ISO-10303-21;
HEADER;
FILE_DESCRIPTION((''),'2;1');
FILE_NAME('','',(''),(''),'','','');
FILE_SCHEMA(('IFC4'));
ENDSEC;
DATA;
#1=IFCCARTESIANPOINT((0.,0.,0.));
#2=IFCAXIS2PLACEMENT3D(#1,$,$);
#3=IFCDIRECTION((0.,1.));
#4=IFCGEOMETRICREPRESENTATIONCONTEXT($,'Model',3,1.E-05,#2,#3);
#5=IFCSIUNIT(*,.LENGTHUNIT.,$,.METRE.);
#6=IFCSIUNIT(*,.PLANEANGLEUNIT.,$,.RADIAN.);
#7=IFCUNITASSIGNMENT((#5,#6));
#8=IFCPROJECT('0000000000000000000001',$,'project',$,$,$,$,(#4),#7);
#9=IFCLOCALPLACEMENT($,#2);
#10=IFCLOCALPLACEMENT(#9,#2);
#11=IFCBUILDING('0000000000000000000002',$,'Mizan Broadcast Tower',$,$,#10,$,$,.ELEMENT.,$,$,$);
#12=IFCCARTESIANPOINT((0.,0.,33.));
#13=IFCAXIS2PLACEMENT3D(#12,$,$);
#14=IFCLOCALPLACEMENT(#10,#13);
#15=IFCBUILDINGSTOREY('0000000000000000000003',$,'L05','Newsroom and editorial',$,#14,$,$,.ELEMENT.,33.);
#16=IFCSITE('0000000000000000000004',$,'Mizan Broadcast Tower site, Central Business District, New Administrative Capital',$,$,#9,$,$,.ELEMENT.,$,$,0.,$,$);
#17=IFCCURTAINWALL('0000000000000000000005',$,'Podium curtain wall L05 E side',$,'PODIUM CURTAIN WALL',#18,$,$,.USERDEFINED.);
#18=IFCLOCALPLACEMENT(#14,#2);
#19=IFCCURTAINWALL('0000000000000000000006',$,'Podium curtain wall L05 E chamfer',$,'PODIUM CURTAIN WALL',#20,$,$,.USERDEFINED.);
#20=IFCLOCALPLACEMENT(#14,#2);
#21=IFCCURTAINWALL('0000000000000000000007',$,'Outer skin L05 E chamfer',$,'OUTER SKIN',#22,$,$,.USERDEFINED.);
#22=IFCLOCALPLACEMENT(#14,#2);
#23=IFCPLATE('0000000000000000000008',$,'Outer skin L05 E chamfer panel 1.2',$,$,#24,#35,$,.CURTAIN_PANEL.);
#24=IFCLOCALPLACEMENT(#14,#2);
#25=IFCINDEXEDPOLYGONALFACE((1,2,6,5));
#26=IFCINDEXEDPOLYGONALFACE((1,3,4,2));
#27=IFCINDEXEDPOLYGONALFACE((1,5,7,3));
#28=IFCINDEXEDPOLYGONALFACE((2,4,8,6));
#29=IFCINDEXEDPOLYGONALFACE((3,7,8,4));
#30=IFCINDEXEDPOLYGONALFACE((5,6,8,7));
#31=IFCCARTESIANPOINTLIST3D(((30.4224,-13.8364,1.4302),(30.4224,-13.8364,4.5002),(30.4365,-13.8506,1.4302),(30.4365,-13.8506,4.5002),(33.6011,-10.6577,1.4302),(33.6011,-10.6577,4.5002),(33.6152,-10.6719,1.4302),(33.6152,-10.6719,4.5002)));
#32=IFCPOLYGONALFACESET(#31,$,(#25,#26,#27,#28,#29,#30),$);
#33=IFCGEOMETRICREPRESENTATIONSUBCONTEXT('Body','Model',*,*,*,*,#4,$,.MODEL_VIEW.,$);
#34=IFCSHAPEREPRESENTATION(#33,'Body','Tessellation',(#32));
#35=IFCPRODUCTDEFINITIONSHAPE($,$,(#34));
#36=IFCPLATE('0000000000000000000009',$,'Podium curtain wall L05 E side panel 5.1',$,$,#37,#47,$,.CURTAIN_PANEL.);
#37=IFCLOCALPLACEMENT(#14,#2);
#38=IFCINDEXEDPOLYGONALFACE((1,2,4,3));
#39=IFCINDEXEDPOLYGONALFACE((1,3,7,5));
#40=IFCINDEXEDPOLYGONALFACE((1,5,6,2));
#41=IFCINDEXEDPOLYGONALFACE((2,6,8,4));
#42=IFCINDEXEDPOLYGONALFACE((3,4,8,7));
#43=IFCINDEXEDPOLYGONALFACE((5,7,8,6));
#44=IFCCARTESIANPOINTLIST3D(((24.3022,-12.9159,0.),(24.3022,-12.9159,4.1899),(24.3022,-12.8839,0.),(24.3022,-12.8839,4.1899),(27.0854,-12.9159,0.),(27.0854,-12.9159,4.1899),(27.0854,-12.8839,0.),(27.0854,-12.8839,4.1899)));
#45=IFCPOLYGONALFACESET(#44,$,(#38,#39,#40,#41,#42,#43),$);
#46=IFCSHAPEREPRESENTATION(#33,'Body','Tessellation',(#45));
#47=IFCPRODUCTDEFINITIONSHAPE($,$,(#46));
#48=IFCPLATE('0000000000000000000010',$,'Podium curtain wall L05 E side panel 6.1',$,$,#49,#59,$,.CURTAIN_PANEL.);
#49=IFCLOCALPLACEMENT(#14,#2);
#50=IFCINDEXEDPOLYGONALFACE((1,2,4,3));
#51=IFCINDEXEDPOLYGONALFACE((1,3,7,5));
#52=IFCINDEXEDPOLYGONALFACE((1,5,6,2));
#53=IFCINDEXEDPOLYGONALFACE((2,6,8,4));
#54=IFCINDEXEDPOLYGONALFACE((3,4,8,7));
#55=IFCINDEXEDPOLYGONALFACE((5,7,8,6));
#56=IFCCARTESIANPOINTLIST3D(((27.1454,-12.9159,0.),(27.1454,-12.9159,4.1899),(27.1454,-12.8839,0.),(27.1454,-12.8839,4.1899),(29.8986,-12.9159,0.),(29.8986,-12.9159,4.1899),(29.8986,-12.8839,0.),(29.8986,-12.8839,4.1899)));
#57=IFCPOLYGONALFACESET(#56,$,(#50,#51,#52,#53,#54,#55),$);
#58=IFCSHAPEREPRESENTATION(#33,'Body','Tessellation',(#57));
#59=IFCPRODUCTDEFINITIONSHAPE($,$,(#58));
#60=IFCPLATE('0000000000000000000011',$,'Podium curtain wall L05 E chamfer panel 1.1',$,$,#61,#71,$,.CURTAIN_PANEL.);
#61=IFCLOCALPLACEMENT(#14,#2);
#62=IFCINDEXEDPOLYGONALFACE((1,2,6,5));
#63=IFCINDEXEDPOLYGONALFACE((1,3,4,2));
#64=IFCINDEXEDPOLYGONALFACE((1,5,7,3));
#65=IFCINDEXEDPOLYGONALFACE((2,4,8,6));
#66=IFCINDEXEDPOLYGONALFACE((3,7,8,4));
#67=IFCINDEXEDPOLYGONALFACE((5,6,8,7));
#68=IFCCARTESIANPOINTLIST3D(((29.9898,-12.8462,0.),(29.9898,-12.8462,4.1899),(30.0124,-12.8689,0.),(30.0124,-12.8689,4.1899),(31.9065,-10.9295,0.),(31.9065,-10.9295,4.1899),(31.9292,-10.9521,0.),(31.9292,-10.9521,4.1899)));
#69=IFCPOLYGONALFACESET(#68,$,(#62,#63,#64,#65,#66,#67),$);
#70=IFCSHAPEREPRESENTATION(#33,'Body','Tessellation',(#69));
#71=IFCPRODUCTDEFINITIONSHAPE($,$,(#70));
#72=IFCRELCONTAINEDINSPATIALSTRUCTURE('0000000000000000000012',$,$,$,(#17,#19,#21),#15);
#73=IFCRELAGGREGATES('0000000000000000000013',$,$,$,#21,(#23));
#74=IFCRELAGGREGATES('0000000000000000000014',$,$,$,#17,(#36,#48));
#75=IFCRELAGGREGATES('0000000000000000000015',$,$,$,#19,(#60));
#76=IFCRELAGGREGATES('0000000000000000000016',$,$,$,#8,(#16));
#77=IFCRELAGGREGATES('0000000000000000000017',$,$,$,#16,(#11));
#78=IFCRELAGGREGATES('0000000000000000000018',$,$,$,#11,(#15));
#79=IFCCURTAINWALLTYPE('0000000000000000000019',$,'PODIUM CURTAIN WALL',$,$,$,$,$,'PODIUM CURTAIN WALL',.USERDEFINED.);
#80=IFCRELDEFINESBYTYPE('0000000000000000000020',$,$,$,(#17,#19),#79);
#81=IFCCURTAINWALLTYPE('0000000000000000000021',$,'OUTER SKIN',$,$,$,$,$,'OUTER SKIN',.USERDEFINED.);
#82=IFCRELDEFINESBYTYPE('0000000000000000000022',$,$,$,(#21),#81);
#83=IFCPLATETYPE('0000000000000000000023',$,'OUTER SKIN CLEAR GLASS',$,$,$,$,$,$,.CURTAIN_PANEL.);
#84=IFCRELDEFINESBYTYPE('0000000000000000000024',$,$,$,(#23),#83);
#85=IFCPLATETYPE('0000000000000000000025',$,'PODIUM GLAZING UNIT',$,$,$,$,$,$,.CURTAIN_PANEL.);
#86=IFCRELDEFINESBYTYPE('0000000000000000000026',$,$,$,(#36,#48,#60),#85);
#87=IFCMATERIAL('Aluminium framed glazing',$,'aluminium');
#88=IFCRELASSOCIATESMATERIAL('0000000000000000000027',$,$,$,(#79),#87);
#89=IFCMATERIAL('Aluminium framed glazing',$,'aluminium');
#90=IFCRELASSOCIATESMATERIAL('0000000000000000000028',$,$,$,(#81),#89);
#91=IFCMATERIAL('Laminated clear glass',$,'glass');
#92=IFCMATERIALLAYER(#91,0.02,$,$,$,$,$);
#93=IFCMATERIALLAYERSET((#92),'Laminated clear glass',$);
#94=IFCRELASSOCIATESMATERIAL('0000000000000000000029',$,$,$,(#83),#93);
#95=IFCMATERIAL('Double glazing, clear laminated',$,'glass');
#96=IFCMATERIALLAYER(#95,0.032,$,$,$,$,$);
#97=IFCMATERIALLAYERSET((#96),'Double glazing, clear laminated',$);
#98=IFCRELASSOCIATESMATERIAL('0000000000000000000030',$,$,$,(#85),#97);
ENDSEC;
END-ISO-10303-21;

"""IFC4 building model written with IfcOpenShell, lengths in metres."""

from ifc_helpers import new_model, si_unit, direction, frame, origin, origin_2d, place, context, subcontext, project, spatial, rectangle, extrude, material, layer, layer_set, type_object, element, aggregate, save


model = new_model("IFC4")

# Units and contexts
model_context = context("Model", 3, precision=1e-05, world=origin(), true_north=direction((0.0, 1.0)))
body_context = subcontext(model_context, "Body", "Model", "MODEL_VIEW")
ifc_project = project(units=[si_unit("LENGTHUNIT", "METRE"), si_unit("PLANEANGLEUNIT", "RADIAN")], contexts=[model_context])

# Site, building, storey
site_placement = place(None, origin())
site = spatial("IfcSite", under=ifc_project, at=site_placement, Name="Mizan Broadcast Tower site, Central Business District, New Administrative Capital", CompositionType="ELEMENT", RefElevation=0.0)
building_placement = place(site_placement, origin())
building = spatial("IfcBuilding", under=site, at=building_placement, Name="Mizan Broadcast Tower", CompositionType="ELEMENT")
storey_placement = place(building_placement, frame((0.0, 0.0, 33.0)))
storey = spatial("IfcBuildingStorey", under=building, at=storey_placement, Name="L05", Description="Newsroom and editorial", CompositionType="ELEMENT", Elevation=33.0)

# Curtain wall
ifc_material_1 = material(Name="Aluminium framed glazing", Category="aluminium")
curtain_wall_type_1 = type_object("IfcCurtainWallType", Name="PODIUM CURTAIN WALL", ElementType="PODIUM CURTAIN WALL", PredefinedType="USERDEFINED", material=ifc_material_1)
curtain_wall_1_placement = place(storey_placement, origin())
curtain_wall_1 = element("IfcCurtainWall", 1, at=curtain_wall_1_placement, inside=storey, type_object=curtain_wall_type_1, Name="Podium curtain wall L05 E side", ObjectType="PODIUM CURTAIN WALL", PredefinedType="USERDEFINED")

# Curtain wall
curtain_wall_2_placement = place(storey_placement, origin())
curtain_wall_2 = element("IfcCurtainWall", 2, at=curtain_wall_2_placement, inside=storey, type_object=curtain_wall_type_1, Name="Podium curtain wall L05 E chamfer", ObjectType="PODIUM CURTAIN WALL", PredefinedType="USERDEFINED")

# Curtain wall, plate
ifc_material_2 = material(Name="Aluminium framed glazing", Category="aluminium")
curtain_wall_type_2 = type_object("IfcCurtainWallType", Name="OUTER SKIN", ElementType="OUTER SKIN", PredefinedType="USERDEFINED", material=ifc_material_2)
curtain_wall_3_placement = place(storey_placement, origin())
curtain_wall_3 = element("IfcCurtainWall", 3, at=curtain_wall_3_placement, inside=storey, type_object=curtain_wall_type_2, Name="Outer skin L05 E chamfer", ObjectType="OUTER SKIN", PredefinedType="USERDEFINED")
ifc_material_3 = material(Name="Laminated clear glass", Category="glass")
ifc_layer_1 = layer(ifc_material_3, 0.02)
ifc_layer_set_1 = layer_set([ifc_layer_1], Name="Laminated clear glass")
plate_type_1 = type_object("IfcPlateType", Name="OUTER SKIN CLEAR GLASS", PredefinedType="CURTAIN_PANEL", material=ifc_layer_set_1)
plate_1_placement = place(storey_placement, frame((32.0188, -12.2542, 1.4302), z_axis=(0.0, 0.0, 1.0), x_axis=(0.707107, 0.707107, 0.0)))
plate_1 = element("IfcPlate", 4, at=plate_1_placement, type_object=plate_type_1, Name="Outer skin L05 E chamfer panel 1.2", PredefinedType="CURTAIN_PANEL", context=body_context, shape_type="SweptSolid", body=[
    extrude(rectangle(XDim=4.4954, YDim=0.02, at=origin_2d()), origin(), (0.0, 0.0, 1.0), 3.0701),
])
aggregate(curtain_wall_3, [plate_1])

# Plates
ifc_material_4 = material(Name="Double glazing, clear laminated", Category="glass")
ifc_layer_2 = layer(ifc_material_4, 0.032)
ifc_layer_set_2 = layer_set([ifc_layer_2], Name="Double glazing, clear laminated")
plate_type_2 = type_object("IfcPlateType", Name="PODIUM GLAZING UNIT", PredefinedType="CURTAIN_PANEL", material=ifc_layer_set_2)
plate_2_placement = place(storey_placement, frame((25.6938, -12.8999, 0.0), z_axis=(0.0, 0.0, 1.0), x_axis=(1.0, 0.0, 0.0)))
plate_2 = element("IfcPlate", 5, at=plate_2_placement, type_object=plate_type_2, Name="Podium curtain wall L05 E side panel 5.1", PredefinedType="CURTAIN_PANEL", context=body_context, shape_type="SweptSolid", body=[
    extrude(rectangle(XDim=2.7832, YDim=0.032, at=origin_2d()), origin(), (0.0, 0.0, 1.0), 4.1899),
])
plate_3_placement = place(storey_placement, frame((28.522, -12.8999, 0.0), z_axis=(0.0, 0.0, 1.0), x_axis=(1.0, 0.0, 0.0)))
plate_3 = element("IfcPlate", 6, at=plate_3_placement, type_object=plate_type_2, Name="Podium curtain wall L05 E side panel 6.1", PredefinedType="CURTAIN_PANEL", context=body_context, shape_type="SweptSolid", body=[
    extrude(rectangle(XDim=2.7532, YDim=0.032, at=origin_2d()), origin(), (0.0, 0.0, 1.0), 4.1899),
])
aggregate(curtain_wall_1, [plate_2, plate_3])
plate_4_placement = place(storey_placement, frame((30.9595, -11.8992, 0.0), z_axis=(0.0, 0.0, 1.0), x_axis=(0.707107, 0.707107, 0.0)))
plate_4 = element("IfcPlate", 7, at=plate_4_placement, type_object=plate_type_2, Name="Podium curtain wall L05 E chamfer panel 1.1", PredefinedType="CURTAIN_PANEL", context=body_context, shape_type="SweptSolid", body=[
    extrude(rectangle(XDim=2.7107, YDim=0.032, at=origin_2d()), origin(), (0.0, 0.0, 1.0), 4.1899),
])
aggregate(curtain_wall_2, [plate_4])

save(model, "model.ifc")
